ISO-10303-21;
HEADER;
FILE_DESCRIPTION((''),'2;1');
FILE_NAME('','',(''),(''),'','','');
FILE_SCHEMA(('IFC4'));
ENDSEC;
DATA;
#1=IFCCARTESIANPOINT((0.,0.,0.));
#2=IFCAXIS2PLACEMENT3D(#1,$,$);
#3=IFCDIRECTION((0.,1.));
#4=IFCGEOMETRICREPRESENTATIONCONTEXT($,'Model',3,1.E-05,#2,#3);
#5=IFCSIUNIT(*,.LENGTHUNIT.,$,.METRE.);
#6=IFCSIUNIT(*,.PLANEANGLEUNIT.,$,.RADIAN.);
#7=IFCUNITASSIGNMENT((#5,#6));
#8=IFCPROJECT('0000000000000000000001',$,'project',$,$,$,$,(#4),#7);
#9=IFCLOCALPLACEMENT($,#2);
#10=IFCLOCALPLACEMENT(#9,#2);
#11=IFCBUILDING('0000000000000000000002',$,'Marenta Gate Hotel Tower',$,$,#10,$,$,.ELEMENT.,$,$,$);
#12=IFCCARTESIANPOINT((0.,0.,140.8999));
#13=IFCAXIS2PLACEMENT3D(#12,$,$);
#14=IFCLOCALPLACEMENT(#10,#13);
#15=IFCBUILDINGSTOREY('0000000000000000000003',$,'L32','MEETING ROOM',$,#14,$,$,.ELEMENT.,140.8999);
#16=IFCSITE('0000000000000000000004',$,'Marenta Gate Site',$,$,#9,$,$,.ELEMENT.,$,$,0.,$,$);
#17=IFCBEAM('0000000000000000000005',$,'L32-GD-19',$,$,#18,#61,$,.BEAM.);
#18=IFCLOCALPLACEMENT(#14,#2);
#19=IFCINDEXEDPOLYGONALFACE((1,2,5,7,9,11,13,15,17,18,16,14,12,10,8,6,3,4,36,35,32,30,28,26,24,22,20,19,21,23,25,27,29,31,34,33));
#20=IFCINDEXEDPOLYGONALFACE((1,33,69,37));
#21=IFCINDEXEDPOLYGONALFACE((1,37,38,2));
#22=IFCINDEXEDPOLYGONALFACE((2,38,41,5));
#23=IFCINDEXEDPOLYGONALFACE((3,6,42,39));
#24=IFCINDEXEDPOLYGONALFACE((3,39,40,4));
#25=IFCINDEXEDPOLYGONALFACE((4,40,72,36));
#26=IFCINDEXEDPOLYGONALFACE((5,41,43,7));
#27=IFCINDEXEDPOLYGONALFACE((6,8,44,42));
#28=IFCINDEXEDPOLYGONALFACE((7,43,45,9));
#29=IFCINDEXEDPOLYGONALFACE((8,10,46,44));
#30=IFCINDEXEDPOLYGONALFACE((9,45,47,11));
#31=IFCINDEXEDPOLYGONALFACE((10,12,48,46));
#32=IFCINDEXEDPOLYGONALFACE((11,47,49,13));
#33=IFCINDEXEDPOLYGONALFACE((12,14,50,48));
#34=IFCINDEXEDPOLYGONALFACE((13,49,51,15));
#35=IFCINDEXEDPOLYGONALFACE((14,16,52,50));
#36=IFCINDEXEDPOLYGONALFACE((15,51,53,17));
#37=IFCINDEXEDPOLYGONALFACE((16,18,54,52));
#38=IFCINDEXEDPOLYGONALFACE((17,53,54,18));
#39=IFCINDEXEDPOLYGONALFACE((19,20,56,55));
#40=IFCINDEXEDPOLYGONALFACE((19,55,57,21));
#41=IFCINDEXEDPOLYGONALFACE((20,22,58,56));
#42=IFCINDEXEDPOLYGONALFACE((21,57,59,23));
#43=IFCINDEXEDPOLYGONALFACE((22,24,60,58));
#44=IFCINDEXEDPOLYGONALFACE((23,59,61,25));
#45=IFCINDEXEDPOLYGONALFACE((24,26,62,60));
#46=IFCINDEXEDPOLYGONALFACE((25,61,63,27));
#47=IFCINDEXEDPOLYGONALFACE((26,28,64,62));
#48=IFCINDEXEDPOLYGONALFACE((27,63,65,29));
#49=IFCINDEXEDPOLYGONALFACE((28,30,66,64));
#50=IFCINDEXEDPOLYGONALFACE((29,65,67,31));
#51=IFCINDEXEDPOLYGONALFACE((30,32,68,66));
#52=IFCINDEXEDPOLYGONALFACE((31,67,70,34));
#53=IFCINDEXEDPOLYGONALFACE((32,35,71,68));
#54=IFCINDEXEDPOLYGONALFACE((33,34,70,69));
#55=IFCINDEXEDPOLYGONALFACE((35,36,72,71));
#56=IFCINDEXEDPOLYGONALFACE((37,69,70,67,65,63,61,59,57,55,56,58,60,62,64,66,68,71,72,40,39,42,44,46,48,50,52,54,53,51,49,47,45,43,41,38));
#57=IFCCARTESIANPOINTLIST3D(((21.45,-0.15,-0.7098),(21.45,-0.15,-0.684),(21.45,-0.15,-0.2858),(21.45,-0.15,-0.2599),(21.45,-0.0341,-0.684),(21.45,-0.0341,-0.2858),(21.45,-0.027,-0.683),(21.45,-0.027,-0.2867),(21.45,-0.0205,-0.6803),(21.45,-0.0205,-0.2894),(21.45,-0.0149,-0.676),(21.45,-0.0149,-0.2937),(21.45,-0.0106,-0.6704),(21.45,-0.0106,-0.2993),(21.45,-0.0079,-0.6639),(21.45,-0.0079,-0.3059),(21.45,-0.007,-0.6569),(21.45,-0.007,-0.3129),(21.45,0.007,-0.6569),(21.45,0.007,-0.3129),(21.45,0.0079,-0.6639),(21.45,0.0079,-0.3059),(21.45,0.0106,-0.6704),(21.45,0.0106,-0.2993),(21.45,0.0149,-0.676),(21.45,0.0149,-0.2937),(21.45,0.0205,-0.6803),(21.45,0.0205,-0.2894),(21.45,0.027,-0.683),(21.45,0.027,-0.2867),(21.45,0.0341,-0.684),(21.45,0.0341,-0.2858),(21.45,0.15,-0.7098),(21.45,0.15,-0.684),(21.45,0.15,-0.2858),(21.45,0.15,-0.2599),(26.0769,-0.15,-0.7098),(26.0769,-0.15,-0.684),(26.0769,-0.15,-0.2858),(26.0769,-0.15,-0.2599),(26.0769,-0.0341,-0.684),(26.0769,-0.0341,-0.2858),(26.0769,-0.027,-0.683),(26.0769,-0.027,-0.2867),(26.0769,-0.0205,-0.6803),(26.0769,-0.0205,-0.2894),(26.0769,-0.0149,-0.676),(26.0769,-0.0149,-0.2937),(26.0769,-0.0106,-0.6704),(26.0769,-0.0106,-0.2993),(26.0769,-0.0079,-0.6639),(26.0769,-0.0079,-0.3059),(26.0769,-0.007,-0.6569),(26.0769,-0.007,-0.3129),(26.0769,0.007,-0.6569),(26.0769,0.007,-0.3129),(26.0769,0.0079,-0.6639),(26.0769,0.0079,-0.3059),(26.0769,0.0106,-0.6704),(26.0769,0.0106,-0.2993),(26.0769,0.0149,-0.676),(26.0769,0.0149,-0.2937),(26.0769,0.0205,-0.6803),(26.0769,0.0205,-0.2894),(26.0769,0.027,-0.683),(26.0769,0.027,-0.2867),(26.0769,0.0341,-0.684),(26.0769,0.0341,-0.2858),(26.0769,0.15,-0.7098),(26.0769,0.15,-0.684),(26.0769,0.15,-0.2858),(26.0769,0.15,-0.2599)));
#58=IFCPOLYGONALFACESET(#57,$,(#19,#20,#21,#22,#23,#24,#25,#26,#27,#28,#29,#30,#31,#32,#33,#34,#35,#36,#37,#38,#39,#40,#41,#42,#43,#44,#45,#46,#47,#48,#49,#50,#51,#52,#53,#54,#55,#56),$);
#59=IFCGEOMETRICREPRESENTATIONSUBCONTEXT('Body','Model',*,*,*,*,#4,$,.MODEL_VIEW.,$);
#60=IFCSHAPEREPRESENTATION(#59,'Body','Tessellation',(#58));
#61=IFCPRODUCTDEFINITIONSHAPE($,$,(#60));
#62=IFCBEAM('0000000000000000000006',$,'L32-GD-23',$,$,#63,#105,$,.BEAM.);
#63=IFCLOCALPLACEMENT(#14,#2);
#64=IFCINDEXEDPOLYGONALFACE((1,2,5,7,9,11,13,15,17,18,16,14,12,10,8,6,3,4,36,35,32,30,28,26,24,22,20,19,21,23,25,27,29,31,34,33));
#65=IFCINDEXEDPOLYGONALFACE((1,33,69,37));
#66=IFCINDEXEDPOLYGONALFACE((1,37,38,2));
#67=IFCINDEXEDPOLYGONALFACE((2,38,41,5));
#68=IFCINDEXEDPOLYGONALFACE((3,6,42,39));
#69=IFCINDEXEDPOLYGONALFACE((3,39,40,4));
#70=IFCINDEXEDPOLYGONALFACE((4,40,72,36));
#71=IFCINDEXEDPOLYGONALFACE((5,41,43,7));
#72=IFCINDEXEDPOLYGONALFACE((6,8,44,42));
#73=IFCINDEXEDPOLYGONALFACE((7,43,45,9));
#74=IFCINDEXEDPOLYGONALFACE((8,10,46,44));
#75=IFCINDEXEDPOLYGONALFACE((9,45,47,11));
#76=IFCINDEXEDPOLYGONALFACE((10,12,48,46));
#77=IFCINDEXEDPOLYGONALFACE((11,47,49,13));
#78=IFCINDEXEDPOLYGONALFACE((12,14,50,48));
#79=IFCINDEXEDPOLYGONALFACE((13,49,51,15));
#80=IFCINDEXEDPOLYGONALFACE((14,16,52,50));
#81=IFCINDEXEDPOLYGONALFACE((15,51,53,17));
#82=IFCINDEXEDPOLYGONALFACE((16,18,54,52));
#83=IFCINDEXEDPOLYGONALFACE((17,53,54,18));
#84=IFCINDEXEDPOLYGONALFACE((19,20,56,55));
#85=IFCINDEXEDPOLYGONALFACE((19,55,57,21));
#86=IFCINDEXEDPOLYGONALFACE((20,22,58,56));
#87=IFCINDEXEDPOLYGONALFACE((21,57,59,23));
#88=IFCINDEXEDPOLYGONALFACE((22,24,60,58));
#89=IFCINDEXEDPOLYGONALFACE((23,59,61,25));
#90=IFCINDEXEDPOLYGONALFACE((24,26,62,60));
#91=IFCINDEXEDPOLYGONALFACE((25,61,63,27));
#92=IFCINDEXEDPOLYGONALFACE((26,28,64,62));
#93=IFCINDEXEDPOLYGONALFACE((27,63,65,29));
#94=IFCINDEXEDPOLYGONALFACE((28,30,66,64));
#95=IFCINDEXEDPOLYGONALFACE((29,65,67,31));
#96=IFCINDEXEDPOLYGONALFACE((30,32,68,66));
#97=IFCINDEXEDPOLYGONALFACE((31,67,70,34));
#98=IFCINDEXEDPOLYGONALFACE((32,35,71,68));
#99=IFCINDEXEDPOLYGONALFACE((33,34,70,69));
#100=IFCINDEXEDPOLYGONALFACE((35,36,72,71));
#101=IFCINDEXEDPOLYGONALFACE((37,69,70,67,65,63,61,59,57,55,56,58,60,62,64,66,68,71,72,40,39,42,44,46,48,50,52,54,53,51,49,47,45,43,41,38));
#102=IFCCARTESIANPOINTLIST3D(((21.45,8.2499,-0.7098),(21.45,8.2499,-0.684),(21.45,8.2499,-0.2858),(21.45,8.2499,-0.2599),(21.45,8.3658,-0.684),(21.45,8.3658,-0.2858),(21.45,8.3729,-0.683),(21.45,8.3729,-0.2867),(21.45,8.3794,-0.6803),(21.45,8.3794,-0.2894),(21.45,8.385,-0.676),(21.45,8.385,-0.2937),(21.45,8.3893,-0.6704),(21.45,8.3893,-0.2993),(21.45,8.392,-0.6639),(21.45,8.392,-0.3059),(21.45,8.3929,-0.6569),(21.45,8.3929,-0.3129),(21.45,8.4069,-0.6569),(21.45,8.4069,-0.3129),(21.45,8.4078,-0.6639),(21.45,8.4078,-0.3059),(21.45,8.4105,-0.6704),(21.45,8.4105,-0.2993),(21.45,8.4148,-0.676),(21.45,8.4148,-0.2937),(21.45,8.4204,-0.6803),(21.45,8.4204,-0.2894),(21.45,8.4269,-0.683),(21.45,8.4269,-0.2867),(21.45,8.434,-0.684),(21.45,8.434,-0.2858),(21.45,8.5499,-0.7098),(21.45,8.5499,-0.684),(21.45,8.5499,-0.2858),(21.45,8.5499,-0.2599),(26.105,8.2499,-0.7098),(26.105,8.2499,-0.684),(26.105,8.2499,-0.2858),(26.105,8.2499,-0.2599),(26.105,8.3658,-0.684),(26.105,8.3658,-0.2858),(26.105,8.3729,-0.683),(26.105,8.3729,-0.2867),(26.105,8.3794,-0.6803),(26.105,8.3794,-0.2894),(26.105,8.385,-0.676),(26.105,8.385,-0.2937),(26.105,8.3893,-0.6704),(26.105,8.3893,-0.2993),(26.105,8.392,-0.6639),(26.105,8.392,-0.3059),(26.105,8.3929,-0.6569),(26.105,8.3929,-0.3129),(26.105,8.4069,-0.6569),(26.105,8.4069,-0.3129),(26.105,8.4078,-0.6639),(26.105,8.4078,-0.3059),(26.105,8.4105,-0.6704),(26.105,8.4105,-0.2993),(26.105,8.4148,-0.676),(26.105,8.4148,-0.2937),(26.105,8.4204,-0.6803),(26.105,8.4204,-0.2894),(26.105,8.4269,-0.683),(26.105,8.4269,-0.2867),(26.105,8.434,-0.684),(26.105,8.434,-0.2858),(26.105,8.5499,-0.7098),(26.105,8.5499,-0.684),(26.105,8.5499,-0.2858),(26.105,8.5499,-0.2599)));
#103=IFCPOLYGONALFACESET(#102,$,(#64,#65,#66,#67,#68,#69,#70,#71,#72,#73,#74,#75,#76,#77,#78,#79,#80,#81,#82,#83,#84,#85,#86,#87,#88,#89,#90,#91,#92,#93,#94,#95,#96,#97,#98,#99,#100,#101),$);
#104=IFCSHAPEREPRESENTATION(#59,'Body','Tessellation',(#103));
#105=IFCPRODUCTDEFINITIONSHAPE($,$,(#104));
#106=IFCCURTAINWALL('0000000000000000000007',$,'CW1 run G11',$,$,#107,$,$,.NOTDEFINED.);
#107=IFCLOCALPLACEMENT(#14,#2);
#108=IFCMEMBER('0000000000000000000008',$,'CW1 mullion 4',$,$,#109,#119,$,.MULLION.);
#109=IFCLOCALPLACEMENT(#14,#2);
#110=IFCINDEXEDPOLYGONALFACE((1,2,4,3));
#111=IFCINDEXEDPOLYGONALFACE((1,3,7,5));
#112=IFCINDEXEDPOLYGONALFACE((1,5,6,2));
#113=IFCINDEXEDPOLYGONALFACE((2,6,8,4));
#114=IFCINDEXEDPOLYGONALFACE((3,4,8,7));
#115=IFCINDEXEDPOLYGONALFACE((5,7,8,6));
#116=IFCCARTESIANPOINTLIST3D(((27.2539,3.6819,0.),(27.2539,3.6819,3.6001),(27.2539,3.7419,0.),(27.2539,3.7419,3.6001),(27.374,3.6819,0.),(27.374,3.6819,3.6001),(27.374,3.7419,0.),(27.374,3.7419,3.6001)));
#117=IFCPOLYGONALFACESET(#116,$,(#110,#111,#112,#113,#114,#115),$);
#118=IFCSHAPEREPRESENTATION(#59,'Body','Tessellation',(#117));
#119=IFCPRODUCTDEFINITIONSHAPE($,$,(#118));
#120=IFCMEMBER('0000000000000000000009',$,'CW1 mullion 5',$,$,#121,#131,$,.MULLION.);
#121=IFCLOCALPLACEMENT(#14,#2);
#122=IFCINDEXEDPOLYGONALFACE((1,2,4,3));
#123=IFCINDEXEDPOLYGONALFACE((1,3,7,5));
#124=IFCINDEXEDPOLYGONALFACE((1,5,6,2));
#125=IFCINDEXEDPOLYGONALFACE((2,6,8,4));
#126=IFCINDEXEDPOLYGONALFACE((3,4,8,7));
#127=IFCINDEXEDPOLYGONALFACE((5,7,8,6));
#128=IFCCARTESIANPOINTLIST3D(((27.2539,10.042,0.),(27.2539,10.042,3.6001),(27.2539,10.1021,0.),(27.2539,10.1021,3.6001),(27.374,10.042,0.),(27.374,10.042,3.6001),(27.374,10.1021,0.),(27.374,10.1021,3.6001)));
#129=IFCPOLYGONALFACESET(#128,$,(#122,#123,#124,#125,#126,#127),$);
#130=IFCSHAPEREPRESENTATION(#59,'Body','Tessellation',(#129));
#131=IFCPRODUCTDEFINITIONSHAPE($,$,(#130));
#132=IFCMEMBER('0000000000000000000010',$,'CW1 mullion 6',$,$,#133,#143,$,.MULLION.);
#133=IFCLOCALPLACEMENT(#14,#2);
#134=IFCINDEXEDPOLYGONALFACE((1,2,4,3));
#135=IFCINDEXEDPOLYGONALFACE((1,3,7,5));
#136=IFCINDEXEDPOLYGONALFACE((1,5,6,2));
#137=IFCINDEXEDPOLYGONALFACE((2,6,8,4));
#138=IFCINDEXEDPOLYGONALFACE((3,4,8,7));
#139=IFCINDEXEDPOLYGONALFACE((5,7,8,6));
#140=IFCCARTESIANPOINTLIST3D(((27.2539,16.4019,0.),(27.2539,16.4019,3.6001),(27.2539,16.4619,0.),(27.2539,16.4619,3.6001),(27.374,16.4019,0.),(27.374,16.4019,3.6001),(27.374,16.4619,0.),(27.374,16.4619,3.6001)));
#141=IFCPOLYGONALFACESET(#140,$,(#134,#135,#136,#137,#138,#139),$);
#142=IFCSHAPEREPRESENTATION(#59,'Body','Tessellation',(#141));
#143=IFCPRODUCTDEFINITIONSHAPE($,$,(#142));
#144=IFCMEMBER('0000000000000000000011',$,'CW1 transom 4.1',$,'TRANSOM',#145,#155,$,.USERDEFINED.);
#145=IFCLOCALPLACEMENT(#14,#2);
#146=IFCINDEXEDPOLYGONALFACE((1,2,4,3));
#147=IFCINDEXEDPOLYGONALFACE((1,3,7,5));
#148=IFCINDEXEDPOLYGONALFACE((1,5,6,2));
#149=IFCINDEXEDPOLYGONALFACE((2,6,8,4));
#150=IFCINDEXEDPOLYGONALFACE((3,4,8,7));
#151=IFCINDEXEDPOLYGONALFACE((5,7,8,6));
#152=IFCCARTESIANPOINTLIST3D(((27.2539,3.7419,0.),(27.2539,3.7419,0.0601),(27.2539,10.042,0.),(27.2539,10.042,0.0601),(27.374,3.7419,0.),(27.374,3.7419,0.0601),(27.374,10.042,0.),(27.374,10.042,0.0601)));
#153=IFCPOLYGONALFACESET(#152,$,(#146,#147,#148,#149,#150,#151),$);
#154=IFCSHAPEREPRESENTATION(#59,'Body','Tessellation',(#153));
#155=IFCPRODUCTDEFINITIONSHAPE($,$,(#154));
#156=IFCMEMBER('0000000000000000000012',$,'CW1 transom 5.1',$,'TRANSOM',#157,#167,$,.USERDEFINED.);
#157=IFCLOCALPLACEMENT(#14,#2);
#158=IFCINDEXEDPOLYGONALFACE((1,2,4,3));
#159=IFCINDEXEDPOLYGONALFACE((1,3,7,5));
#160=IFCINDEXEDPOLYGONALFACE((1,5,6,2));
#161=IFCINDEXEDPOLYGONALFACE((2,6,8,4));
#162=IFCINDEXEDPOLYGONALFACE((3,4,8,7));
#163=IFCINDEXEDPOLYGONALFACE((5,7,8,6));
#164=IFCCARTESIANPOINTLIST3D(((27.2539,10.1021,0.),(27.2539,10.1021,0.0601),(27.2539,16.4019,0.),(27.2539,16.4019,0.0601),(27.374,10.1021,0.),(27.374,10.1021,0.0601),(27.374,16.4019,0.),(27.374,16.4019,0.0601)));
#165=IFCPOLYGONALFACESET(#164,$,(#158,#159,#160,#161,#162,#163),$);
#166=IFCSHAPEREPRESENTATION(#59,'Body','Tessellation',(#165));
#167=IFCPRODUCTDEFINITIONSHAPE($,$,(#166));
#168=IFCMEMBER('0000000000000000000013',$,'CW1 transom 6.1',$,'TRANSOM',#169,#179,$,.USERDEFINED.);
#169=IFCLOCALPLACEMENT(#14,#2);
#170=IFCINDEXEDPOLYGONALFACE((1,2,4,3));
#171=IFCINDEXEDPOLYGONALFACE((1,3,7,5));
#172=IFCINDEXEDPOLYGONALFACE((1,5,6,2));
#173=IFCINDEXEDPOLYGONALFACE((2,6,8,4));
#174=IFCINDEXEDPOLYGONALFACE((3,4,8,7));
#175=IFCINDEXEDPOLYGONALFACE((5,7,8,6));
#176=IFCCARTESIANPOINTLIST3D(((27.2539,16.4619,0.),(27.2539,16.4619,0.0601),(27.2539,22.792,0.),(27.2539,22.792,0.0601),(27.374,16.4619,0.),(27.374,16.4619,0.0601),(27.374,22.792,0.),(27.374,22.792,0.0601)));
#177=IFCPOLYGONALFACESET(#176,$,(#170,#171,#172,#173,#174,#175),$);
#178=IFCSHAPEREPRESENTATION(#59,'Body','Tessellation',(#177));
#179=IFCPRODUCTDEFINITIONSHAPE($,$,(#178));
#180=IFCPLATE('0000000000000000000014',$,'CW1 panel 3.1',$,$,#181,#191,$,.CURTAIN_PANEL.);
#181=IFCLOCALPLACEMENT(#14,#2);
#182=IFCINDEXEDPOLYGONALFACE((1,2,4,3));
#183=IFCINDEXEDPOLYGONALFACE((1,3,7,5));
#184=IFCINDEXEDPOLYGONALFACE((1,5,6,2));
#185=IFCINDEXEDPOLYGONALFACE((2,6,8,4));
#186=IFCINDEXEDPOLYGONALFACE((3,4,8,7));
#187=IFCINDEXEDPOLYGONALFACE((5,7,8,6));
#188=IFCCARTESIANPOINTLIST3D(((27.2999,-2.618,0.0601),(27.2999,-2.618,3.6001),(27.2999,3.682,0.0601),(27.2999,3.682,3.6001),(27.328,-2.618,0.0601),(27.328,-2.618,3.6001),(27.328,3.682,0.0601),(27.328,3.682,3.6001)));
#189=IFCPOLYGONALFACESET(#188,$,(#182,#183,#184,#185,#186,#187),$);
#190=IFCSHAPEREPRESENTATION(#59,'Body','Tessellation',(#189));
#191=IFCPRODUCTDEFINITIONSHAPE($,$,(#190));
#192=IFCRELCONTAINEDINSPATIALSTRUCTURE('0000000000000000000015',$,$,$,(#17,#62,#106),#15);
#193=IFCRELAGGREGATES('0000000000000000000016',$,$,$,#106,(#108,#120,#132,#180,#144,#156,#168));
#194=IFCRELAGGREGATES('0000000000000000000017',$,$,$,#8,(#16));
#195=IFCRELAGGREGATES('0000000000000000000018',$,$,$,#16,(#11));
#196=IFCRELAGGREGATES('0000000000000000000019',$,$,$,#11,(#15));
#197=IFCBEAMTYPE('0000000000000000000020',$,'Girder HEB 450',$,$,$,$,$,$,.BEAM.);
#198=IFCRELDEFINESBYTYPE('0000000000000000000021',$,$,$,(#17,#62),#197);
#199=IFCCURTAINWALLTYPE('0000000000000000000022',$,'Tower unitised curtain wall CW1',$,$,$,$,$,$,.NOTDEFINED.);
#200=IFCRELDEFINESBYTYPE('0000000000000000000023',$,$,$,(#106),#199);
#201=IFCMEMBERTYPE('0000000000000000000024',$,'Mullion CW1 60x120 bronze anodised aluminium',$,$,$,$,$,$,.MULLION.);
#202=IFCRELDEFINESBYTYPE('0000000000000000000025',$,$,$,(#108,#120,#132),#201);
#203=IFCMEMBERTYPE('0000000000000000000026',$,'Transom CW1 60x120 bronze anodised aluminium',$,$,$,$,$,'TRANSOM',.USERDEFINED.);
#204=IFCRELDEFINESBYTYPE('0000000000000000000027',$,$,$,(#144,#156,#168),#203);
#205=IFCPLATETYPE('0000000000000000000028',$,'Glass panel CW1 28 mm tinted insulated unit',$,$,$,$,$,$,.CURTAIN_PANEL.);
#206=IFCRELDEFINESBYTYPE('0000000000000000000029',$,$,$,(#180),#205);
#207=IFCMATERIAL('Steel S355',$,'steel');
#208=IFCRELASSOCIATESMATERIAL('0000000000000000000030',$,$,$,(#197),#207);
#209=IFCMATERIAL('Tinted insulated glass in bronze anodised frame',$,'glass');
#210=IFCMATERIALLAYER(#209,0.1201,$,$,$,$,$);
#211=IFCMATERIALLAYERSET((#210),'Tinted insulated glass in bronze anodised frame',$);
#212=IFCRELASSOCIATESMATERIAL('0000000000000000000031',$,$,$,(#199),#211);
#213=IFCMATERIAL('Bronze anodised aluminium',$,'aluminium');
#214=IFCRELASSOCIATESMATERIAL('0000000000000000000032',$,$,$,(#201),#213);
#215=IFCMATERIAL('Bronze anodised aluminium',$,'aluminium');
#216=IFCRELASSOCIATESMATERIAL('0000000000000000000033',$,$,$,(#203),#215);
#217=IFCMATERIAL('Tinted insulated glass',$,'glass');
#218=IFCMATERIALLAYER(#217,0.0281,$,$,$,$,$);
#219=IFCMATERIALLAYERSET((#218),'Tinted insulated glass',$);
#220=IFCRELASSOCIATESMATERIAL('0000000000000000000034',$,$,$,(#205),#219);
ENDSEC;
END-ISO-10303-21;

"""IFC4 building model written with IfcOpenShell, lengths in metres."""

from ifc_helpers import new_model, si_unit, direction, frame, origin, origin_2d, place, context, subcontext, project, spatial, rectangle, i_section, extrude, material, layer, layer_set, material_profile, profile_set, type_object, element, aggregate, save


model = new_model("IFC4")

# Units and contexts
model_context = context("Model", 3, precision=1e-05, world=origin(), true_north=direction((0.0, 1.0)))
body_context = subcontext(model_context, "Body", "Model", "MODEL_VIEW")
ifc_project = project(units=[si_unit("LENGTHUNIT", "METRE"), si_unit("PLANEANGLEUNIT", "RADIAN")], contexts=[model_context])

# Site, building, storey
site_placement = place(None, origin())
site = spatial("IfcSite", under=ifc_project, at=site_placement, Name="Marenta Gate Site", CompositionType="ELEMENT", RefElevation=0.0)
building_placement = place(site_placement, origin())
building = spatial("IfcBuilding", under=site, at=building_placement, Name="Marenta Gate Hotel Tower", CompositionType="ELEMENT")
storey_placement = place(building_placement, frame((0.0, 0.0, 140.8999)))
storey = spatial("IfcBuildingStorey", under=building, at=storey_placement, Name="L32", Description="MEETING ROOM", CompositionType="ELEMENT", Elevation=140.8999)

# Beams
ifc_material_1 = material(Name="Steel S355", Category="steel")
ifc_material_profile_1 = material_profile(ifc_material_1, i_section(OverallWidth=0.3, OverallDepth=0.45, WebThickness=0.0139, FlangeThickness=0.0259, FilletRadius=0.0271, at=origin_2d()), Name="HEB 450")
ifc_profile_set_1 = profile_set([ifc_material_profile_1], Name="Steel S355")
beam_type_1 = type_object("IfcBeamType", Name="Girder HEB 450", PredefinedType="BEAM", material=ifc_profile_set_1)
beam_1_placement = place(storey_placement, frame((21.45, 0.0, -0.4849), z_axis=(1.0, 0.0, 0.0), x_axis=(0.0, 1.0, 0.0)))
element("IfcBeam", 1, at=beam_1_placement, inside=storey, type_object=beam_type_1, Name="L32-GD-19", PredefinedType="BEAM", context=body_context, shape_type="SweptSolid", body=[
    extrude(i_section(OverallWidth=0.3, OverallDepth=0.45, WebThickness=0.0139, FlangeThickness=0.0259, FilletRadius=0.0271, at=origin_2d()), origin(), (0.0, 0.0, 1.0), 4.627),
])
beam_2_placement = place(storey_placement, frame((21.45, 8.3999, -0.4849), z_axis=(1.0, 0.0, 0.0), x_axis=(0.0, 1.0, 0.0)))
element("IfcBeam", 2, at=beam_2_placement, inside=storey, type_object=beam_type_1, Name="L32-GD-23", PredefinedType="BEAM", context=body_context, shape_type="SweptSolid", body=[
    extrude(i_section(OverallWidth=0.3, OverallDepth=0.45, WebThickness=0.0139, FlangeThickness=0.0259, FilletRadius=0.0271, at=origin_2d()), origin(), (0.0, 0.0, 1.0), 4.655),
])

# Curtain wall, members, plate
ifc_material_2 = material(Name="Tinted insulated glass in bronze anodised frame", Category="glass")
ifc_layer_1 = layer(ifc_material_2, 0.1201)
ifc_layer_set_1 = layer_set([ifc_layer_1], Name="Tinted insulated glass in bronze anodised frame")
curtain_wall_type = type_object("IfcCurtainWallType", Name="Tower unitised curtain wall CW1", PredefinedType="NOTDEFINED", material=ifc_layer_set_1)
curtain_wall_placement = place(storey_placement, origin())
curtain_wall = element("IfcCurtainWall", 3, at=curtain_wall_placement, inside=storey, type_object=curtain_wall_type, Name="CW1 run G11", PredefinedType="NOTDEFINED")
ifc_material_3 = material(Name="Bronze anodised aluminium", Category="aluminium")
ifc_material_profile_2 = material_profile(ifc_material_3, rectangle(XDim=0.1201, YDim=0.0601, at=origin_2d()), Name="Mullion CW1 60x120 bronze anodised aluminium")
ifc_profile_set_2 = profile_set([ifc_material_profile_2], Name="Bronze anodised aluminium")
member_type_1 = type_object("IfcMemberType", Name="Mullion CW1 60x120 bronze anodised aluminium", PredefinedType="MULLION", material=ifc_profile_set_2)
member_1_placement = place(storey_placement, frame((27.314, 3.7119, 0.0), z_axis=(0.0, 0.0, 1.0), x_axis=(-1.0, 0.0, 0.0)))
member_1 = element("IfcMember", 4, at=member_1_placement, type_object=member_type_1, Name="CW1 mullion 4", PredefinedType="MULLION", context=body_context, shape_type="SweptSolid", body=[
    extrude(rectangle(XDim=0.1201, YDim=0.0601, at=origin_2d()), origin(), (0.0, 0.0, 1.0), 3.6001),
])
member_2_placement = place(storey_placement, frame((27.314, 10.072, 0.0), z_axis=(0.0, 0.0, 1.0), x_axis=(-1.0, 0.0, 0.0)))
member_2 = element("IfcMember", 5, at=member_2_placement, type_object=member_type_1, Name="CW1 mullion 5", PredefinedType="MULLION", context=body_context, shape_type="SweptSolid", body=[
    extrude(rectangle(XDim=0.1201, YDim=0.0601, at=origin_2d()), origin(), (0.0, 0.0, 1.0), 3.6001),
])
member_3_placement = place(storey_placement, frame((27.314, 16.4319, 0.0), z_axis=(0.0, 0.0, 1.0), x_axis=(-1.0, 0.0, 0.0)))
member_3 = element("IfcMember", 6, at=member_3_placement, type_object=member_type_1, Name="CW1 mullion 6", PredefinedType="MULLION", context=body_context, shape_type="SweptSolid", body=[
    extrude(rectangle(XDim=0.1201, YDim=0.0601, at=origin_2d()), origin(), (0.0, 0.0, 1.0), 3.6001),
])
ifc_material_4 = material(Name="Bronze anodised aluminium", Category="aluminium")
ifc_material_profile_3 = material_profile(ifc_material_4, rectangle(XDim=0.1201, YDim=0.0601, at=origin_2d()), Name="Transom CW1 60x120 bronze anodised aluminium")
ifc_profile_set_3 = profile_set([ifc_material_profile_3], Name="Bronze anodised aluminium")
member_type_2 = type_object("IfcMemberType", Name="Transom CW1 60x120 bronze anodised aluminium", ElementType="TRANSOM", PredefinedType="USERDEFINED", material=ifc_profile_set_3)
member_4_placement = place(storey_placement, frame((27.314, 3.7419, 0.03), z_axis=(0.0, 1.0, 0.0), x_axis=(-1.0, 0.0, 0.0)))
member_4 = element("IfcMember", 7, at=member_4_placement, type_object=member_type_2, Name="CW1 transom 4.1", ObjectType="TRANSOM", PredefinedType="USERDEFINED", context=body_context, shape_type="SweptSolid", body=[
    extrude(rectangle(XDim=0.1201, YDim=0.0601, at=origin_2d()), origin(), (0.0, 0.0, 1.0), 6.3),
])
member_5_placement = place(storey_placement, frame((27.314, 10.1021, 0.03), z_axis=(0.0, 1.0, 0.0), x_axis=(-1.0, 0.0, 0.0)))
member_5 = element("IfcMember", 8, at=member_5_placement, type_object=member_type_2, Name="CW1 transom 5.1", ObjectType="TRANSOM", PredefinedType="USERDEFINED", context=body_context, shape_type="SweptSolid", body=[
    extrude(rectangle(XDim=0.1201, YDim=0.0601, at=origin_2d()), origin(), (0.0, 0.0, 1.0), 6.2998),
])
member_6_placement = place(storey_placement, frame((27.314, 16.4619, 0.03), z_axis=(0.0, 1.0, 0.0), x_axis=(-1.0, 0.0, 0.0)))
member_6 = element("IfcMember", 9, at=member_6_placement, type_object=member_type_2, Name="CW1 transom 6.1", ObjectType="TRANSOM", PredefinedType="USERDEFINED", context=body_context, shape_type="SweptSolid", body=[
    extrude(rectangle(XDim=0.1201, YDim=0.0601, at=origin_2d()), origin(), (0.0, 0.0, 1.0), 6.3301),
])
ifc_material_5 = material(Name="Tinted insulated glass", Category="glass")
ifc_layer_2 = layer(ifc_material_5, 0.0281)
ifc_layer_set_2 = layer_set([ifc_layer_2], Name="Tinted insulated glass")
plate_type = type_object("IfcPlateType", Name="Glass panel CW1 28 mm tinted insulated unit", PredefinedType="CURTAIN_PANEL", material=ifc_layer_set_2)
plate_1_placement = place(storey_placement, frame((27.314, 0.532, 0.0601), z_axis=(0.0, 0.0, 1.0), x_axis=(0.0, 1.0, 0.0)))
plate_1 = element("IfcPlate", 10, at=plate_1_placement, type_object=plate_type, Name="CW1 panel 3.1", PredefinedType="CURTAIN_PANEL", context=body_context, shape_type="SweptSolid", body=[
    extrude(rectangle(XDim=6.3, YDim=0.0281, at=origin_2d()), origin(), (0.0, 0.0, 1.0), 3.54),
])
aggregate(curtain_wall, [member_1, member_2, member_3, plate_1, member_4, member_5, member_6])

save(model, "model.ifc")
